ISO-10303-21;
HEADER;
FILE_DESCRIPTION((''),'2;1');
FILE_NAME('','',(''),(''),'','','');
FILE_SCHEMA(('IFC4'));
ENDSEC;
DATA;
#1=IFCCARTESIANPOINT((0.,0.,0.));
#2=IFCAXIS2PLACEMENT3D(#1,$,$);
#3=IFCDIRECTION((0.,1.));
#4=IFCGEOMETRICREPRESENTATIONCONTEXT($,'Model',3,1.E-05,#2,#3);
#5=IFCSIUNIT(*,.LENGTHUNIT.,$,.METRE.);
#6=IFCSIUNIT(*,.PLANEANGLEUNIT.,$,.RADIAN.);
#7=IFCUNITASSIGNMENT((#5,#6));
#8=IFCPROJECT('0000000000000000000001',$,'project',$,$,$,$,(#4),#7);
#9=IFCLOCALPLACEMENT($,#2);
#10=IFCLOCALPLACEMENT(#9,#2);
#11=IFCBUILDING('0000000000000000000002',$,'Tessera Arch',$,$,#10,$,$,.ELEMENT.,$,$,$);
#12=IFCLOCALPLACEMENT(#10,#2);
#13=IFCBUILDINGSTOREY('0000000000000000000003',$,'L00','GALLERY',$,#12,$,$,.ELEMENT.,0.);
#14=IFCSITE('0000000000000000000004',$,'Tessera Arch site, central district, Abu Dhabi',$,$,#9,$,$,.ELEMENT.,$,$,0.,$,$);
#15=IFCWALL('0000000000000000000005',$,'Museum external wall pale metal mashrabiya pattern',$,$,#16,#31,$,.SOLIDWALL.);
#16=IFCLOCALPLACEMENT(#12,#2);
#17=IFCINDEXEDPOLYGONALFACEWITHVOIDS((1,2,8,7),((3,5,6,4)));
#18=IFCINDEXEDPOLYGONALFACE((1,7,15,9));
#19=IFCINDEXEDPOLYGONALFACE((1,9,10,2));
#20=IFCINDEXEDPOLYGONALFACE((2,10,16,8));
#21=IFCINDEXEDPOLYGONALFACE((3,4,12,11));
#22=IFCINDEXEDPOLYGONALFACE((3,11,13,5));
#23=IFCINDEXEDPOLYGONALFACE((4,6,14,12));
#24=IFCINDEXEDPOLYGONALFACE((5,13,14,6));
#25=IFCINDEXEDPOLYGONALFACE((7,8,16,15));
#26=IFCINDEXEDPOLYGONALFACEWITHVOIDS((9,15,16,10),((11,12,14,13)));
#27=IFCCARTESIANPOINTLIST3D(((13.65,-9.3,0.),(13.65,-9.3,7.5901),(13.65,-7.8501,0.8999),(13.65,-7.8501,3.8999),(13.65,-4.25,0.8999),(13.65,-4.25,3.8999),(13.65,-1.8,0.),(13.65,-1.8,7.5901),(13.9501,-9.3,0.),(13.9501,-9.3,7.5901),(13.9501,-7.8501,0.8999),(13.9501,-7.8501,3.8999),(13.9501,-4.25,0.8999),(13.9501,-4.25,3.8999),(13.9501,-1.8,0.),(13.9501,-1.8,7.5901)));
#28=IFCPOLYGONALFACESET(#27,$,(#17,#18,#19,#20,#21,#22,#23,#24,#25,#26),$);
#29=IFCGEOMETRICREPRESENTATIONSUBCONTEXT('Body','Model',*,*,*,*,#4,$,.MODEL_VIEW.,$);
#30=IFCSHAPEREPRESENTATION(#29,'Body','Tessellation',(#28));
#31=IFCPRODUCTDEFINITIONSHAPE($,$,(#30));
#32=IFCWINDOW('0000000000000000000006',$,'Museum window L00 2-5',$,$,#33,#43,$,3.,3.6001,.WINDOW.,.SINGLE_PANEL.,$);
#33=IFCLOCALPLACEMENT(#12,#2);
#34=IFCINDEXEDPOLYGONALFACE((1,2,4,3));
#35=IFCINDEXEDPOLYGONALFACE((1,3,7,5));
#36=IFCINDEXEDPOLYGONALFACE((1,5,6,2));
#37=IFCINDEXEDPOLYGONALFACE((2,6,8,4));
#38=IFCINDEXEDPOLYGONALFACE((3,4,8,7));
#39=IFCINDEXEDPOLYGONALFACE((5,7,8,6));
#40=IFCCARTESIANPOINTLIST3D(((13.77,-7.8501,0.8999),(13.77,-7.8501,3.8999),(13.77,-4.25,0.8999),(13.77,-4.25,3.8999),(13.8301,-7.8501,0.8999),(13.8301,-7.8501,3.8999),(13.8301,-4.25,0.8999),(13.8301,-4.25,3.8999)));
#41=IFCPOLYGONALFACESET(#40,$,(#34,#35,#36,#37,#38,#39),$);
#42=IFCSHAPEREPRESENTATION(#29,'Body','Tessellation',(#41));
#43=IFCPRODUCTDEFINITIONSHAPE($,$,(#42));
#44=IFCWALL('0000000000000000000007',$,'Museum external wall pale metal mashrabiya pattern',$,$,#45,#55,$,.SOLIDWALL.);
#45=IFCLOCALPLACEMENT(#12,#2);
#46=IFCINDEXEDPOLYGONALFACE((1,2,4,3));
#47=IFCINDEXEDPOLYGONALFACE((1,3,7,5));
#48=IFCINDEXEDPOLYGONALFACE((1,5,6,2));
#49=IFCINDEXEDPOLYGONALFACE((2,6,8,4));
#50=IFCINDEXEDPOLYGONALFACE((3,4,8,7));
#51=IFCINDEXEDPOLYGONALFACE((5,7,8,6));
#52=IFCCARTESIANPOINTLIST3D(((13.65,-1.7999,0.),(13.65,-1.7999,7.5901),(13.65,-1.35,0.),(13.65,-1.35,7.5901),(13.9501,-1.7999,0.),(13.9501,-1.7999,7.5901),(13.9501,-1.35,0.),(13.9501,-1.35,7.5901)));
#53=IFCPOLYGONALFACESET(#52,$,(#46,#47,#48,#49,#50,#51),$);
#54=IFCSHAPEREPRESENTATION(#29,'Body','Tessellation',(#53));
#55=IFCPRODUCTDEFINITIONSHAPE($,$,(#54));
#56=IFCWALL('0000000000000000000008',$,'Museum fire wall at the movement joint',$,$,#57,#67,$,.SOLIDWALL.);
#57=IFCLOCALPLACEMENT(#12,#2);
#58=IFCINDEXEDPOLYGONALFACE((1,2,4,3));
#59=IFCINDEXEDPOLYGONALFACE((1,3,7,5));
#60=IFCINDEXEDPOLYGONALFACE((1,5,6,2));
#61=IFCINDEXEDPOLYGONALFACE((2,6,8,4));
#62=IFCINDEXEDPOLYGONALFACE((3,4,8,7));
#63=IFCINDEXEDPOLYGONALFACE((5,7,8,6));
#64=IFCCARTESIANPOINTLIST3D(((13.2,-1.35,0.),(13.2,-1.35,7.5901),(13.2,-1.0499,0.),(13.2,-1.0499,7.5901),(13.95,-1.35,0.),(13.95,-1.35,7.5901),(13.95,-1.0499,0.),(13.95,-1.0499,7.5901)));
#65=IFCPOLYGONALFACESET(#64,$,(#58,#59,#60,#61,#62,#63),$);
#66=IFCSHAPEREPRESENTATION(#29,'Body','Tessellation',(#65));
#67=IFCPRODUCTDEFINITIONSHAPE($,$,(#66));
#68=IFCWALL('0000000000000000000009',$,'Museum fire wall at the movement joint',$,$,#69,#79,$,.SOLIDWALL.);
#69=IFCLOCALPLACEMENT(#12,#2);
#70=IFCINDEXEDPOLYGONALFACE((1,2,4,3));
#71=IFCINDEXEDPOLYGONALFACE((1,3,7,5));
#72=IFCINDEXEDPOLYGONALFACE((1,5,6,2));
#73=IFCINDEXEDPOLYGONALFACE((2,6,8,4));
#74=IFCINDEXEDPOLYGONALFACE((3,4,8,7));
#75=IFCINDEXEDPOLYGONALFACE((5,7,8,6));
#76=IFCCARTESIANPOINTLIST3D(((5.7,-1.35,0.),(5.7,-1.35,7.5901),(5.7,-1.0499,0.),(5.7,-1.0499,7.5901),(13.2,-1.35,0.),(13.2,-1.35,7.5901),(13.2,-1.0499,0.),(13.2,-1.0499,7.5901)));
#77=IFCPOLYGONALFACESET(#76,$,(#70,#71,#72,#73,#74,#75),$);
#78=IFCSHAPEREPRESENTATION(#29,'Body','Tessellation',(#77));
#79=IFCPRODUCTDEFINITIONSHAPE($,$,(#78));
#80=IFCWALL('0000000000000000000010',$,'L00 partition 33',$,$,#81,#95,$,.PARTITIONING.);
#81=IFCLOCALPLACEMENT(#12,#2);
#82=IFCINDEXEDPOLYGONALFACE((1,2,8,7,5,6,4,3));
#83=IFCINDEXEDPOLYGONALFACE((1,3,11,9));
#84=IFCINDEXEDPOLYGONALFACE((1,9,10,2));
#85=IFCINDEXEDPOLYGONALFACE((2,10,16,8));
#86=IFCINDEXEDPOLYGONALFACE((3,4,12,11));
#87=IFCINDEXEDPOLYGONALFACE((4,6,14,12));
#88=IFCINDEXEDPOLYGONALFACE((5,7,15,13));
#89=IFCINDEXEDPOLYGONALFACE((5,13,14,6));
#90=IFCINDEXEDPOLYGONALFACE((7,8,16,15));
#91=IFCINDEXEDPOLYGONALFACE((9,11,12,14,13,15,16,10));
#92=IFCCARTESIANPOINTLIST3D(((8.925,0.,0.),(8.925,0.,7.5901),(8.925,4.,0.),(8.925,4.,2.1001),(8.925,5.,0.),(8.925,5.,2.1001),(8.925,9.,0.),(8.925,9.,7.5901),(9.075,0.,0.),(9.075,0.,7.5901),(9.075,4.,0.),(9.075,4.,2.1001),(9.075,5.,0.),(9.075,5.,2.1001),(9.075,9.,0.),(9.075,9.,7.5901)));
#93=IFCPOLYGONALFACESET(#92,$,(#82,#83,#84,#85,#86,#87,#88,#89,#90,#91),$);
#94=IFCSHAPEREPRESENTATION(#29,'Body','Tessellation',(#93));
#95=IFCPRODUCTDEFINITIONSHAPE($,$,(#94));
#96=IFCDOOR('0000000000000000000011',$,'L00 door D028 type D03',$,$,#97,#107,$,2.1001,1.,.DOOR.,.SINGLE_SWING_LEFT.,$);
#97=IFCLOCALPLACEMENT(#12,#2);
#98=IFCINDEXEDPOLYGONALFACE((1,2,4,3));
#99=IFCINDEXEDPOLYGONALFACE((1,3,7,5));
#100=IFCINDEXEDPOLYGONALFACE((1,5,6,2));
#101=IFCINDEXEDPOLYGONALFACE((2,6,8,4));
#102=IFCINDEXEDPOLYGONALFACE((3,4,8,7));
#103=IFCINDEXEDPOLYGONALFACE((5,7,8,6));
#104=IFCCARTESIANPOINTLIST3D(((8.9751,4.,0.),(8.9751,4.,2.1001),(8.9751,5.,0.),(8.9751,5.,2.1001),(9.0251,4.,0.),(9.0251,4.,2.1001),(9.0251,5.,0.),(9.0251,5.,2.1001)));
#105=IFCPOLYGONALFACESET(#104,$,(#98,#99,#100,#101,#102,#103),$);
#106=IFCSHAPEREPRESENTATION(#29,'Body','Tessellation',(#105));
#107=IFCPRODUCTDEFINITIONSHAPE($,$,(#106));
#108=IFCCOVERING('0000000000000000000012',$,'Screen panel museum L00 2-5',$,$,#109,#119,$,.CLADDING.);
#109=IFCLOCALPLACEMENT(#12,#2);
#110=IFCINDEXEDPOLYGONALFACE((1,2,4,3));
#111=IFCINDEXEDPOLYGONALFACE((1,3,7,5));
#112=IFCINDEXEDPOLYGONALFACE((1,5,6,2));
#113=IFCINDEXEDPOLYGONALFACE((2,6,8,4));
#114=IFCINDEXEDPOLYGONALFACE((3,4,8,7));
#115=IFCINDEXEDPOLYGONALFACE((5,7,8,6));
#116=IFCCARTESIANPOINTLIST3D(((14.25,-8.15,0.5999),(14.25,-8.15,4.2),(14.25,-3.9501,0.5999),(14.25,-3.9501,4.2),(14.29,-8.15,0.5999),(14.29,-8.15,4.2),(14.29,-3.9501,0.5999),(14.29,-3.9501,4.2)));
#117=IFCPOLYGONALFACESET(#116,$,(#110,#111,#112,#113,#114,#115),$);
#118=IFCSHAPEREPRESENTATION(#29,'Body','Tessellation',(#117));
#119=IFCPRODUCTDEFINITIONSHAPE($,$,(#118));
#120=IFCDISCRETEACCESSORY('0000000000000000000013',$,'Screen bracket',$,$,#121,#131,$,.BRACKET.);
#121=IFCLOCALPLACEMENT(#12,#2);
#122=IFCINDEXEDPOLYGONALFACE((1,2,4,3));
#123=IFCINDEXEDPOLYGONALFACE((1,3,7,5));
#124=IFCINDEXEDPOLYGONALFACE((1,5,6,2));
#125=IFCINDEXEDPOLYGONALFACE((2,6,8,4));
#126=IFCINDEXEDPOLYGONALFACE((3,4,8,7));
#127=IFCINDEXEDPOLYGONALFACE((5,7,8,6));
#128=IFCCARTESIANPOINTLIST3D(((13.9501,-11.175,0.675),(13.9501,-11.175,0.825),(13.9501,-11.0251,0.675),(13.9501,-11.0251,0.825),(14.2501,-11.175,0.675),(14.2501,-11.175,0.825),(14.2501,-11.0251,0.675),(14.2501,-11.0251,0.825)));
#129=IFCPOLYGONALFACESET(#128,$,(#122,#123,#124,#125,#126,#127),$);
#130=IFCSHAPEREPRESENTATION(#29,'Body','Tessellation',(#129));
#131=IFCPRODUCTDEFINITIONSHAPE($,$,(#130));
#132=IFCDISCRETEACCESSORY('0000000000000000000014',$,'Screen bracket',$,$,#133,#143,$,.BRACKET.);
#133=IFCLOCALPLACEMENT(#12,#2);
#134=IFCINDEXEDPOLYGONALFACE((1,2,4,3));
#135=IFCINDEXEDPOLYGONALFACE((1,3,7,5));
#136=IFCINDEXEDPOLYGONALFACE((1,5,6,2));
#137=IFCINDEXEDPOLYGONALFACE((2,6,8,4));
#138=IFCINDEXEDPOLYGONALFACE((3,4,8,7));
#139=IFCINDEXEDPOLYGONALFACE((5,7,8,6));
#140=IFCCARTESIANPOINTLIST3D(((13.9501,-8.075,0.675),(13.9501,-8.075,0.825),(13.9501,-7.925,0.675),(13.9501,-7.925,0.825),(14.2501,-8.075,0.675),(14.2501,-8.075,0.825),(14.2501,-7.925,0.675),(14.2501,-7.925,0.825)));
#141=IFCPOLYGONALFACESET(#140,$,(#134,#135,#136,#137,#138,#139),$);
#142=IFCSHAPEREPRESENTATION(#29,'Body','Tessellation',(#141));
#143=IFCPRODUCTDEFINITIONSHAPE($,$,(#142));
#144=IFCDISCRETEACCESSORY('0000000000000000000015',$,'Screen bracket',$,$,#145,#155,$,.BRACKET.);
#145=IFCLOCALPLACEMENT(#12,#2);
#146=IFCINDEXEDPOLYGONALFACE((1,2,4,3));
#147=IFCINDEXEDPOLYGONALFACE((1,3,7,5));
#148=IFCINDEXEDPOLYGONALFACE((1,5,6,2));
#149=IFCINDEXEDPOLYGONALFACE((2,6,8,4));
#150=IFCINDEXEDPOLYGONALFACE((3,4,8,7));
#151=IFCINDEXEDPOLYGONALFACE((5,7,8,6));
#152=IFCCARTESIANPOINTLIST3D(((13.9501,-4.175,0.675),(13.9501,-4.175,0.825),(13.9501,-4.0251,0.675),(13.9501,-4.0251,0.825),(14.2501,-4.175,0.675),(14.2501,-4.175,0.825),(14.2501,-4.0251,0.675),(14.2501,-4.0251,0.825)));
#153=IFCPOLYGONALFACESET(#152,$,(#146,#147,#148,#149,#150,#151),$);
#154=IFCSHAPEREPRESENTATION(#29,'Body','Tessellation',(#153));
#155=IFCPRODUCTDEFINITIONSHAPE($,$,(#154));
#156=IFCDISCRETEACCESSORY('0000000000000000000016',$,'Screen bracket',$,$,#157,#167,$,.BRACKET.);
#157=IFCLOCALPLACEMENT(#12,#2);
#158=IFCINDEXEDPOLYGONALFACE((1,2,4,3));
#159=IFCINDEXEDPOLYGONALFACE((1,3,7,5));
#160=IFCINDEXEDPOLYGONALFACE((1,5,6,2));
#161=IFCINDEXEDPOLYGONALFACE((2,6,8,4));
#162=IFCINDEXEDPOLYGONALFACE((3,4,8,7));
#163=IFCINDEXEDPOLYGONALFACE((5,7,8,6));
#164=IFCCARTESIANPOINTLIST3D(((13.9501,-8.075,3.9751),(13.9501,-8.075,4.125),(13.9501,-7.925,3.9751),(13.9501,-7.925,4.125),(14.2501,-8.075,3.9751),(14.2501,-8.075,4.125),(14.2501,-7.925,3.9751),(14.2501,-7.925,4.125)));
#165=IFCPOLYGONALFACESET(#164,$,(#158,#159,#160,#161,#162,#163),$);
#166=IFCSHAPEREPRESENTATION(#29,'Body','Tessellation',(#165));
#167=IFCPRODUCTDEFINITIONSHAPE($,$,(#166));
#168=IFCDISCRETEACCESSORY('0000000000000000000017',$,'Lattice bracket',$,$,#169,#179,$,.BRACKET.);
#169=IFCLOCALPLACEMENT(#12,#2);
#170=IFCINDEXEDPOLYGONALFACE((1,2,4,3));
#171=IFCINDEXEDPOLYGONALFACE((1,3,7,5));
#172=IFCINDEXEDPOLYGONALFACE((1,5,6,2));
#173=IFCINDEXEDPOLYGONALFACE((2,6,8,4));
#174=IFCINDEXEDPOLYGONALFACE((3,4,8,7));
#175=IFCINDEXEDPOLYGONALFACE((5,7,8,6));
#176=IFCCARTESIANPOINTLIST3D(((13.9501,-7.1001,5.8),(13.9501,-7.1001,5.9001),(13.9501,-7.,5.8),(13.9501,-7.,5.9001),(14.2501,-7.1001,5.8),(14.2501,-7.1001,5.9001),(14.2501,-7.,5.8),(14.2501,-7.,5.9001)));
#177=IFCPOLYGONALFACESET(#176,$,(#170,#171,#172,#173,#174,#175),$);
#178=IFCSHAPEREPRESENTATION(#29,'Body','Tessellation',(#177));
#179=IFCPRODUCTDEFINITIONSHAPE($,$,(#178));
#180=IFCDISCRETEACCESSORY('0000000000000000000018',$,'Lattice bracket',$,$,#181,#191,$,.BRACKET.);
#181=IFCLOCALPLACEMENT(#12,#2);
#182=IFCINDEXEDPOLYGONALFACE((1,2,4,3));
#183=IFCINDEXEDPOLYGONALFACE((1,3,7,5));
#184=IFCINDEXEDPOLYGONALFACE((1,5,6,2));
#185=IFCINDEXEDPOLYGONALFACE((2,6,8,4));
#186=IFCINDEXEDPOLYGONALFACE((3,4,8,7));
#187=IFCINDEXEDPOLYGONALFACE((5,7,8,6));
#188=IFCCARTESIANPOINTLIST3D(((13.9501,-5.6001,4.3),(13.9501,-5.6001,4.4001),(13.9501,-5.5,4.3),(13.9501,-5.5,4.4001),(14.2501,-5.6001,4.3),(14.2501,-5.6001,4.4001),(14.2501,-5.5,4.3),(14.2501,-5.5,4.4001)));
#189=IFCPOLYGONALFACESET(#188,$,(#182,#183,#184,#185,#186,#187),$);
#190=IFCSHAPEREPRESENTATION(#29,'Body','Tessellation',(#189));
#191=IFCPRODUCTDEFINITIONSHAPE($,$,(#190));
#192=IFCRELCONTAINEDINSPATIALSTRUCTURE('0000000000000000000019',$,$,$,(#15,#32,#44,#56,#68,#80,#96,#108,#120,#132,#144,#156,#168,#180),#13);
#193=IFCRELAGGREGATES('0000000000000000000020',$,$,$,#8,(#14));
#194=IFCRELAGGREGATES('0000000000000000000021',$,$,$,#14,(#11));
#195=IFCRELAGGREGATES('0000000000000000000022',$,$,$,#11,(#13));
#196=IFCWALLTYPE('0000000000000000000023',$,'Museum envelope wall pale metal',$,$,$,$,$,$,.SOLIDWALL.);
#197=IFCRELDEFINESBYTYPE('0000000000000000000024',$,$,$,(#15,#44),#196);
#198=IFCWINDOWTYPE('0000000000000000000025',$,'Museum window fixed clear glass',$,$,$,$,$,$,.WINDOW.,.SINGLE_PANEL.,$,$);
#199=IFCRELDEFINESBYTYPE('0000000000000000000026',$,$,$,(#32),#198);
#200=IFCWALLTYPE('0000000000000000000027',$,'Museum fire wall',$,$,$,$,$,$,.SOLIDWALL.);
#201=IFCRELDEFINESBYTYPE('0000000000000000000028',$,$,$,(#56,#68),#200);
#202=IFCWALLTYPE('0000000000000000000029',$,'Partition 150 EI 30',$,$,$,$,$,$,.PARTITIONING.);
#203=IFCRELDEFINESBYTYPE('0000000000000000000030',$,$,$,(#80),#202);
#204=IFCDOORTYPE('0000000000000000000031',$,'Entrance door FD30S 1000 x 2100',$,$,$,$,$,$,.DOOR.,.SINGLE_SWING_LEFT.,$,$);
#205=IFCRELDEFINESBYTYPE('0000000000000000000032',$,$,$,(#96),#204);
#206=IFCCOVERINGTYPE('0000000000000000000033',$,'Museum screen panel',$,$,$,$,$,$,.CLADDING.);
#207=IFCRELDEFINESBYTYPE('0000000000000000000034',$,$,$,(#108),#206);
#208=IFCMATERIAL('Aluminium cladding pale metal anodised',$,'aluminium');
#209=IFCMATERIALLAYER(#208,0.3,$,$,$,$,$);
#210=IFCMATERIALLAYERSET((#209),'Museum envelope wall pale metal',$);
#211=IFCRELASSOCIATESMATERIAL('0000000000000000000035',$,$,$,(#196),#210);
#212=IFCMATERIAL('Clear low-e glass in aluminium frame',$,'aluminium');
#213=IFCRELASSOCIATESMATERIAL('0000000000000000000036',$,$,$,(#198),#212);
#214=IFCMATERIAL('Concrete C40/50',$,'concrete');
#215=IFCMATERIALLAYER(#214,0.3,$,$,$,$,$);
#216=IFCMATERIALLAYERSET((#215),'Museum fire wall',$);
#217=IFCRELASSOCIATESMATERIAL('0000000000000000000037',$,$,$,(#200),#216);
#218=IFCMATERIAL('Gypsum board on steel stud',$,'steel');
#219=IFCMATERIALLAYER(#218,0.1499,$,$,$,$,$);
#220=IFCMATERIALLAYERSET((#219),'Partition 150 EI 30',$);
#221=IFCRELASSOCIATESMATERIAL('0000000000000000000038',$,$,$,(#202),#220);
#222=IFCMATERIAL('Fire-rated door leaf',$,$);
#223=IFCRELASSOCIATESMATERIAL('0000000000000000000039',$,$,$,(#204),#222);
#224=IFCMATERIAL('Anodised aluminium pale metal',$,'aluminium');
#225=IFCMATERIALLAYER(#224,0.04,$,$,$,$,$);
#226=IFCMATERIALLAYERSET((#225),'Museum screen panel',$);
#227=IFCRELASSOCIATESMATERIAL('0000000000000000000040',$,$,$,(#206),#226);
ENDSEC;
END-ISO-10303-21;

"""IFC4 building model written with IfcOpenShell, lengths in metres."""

from ifc_helpers import new_model, si_unit, direction, frame, frame_2d, origin, origin_2d, place, context, subcontext, project, spatial, rectangle, extrude, material, layer, layer_set, type_object, element, fill, save


model = new_model("IFC4")

# Units and contexts
model_context = context("Model", 3, precision=1e-05, world=origin(), true_north=direction((0.0, 1.0)))
body_context = subcontext(model_context, "Body", "Model", "MODEL_VIEW")
ifc_project = project(units=[si_unit("LENGTHUNIT", "METRE"), si_unit("PLANEANGLEUNIT", "RADIAN")], contexts=[model_context])

# Site, building, storey
site_placement = place(None, origin())
site = spatial("IfcSite", under=ifc_project, at=site_placement, Name="Tessera Arch site, central district, Abu Dhabi", CompositionType="ELEMENT", RefElevation=0.0)
building_placement = place(site_placement, origin())
building = spatial("IfcBuilding", under=site, at=building_placement, Name="Tessera Arch", CompositionType="ELEMENT")
storey_placement = place(building_placement, origin())
storey = spatial("IfcBuildingStorey", under=building, at=storey_placement, Name="L00", Description="GALLERY", CompositionType="ELEMENT", Elevation=0.0)

# Wall, opening, window
ifc_material_1 = material(Name="Aluminium cladding pale metal anodised", Category="aluminium")
ifc_layer_1 = layer(ifc_material_1, 0.3)
ifc_layer_set_1 = layer_set([ifc_layer_1], Name="Museum envelope wall pale metal")
wall_type_1 = type_object("IfcWallType", Name="Museum envelope wall pale metal", PredefinedType="SOLIDWALL", material=ifc_layer_set_1)
wall_1_placement = place(storey_placement, frame((13.8, -9.3, 0.0), z_axis=(0.0, 0.0, 1.0), x_axis=(0.0, 1.0, 0.0)))
wall_1 = element("IfcWall", 1, at=wall_1_placement, inside=storey, type_object=wall_type_1, Name="Museum external wall pale metal mashrabiya pattern", PredefinedType="SOLIDWALL", context=body_context, shape_type="SweptSolid", body=[
    extrude(rectangle(XDim=7.5, YDim=0.3, at=frame_2d((3.75, 0.0))), origin(), (0.0, 0.0, 1.0), 7.5901),
])
opening_1_placement = place(wall_1_placement, frame((1.45, 0.0, 0.8999)))
opening_1 = element("IfcOpeningElement", 2, at=opening_1_placement, cuts=wall_1, PredefinedType="OPENING", context=body_context, shape_type="SweptSolid", body=[
    extrude(rectangle(XDim=3.6001, YDim=3.0, at=frame_2d((1.8, 1.5))), frame((0.0, 0.1599, 0.0), z_axis=(0.0, -1.0, 0.0), x_axis=(1.0, 0.0, 0.0)), (0.0, 0.0, 1.0), 0.3201),
])
ifc_material_2 = material(Name="Clear low-e glass in aluminium frame", Category="aluminium")
window_type = type_object("IfcWindowType", Name="Museum window fixed clear glass", PartitioningType="SINGLE_PANEL", PredefinedType="WINDOW", material=ifc_material_2)
window_placement = place(opening_1_placement, origin())
window = element("IfcWindow", 3, at=window_placement, inside=storey, type_object=window_type, Name="Museum window L00 2-5", OverallHeight=3.0, OverallWidth=3.6001, PartitioningType="SINGLE_PANEL", PredefinedType="WINDOW", context=body_context, shape_type="SweptSolid", body=[
    extrude(rectangle(XDim=3.6001, YDim=3.0, at=frame_2d((1.8, 1.5))), frame((0.0, 0.03, 0.0), z_axis=(0.0, -1.0, 0.0), x_axis=(1.0, 0.0, 0.0)), (0.0, 0.0, 1.0), 0.0601),
])
fill(opening_1, window)

# Walls
wall_2_placement = place(storey_placement, frame((13.8, -1.8, 0.0), z_axis=(0.0, 0.0, 1.0), x_axis=(0.0, 1.0, 0.0)))
element("IfcWall", 4, at=wall_2_placement, inside=storey, type_object=wall_type_1, Name="Museum external wall pale metal mashrabiya pattern", PredefinedType="SOLIDWALL", context=body_context, shape_type="SweptSolid", body=[
    extrude(rectangle(XDim=0.45, YDim=0.3, at=frame_2d((0.2251, 0.0))), origin(), (0.0, 0.0, 1.0), 7.5901),
])
ifc_material_3 = material(Name="Concrete C40/50", Category="concrete")
ifc_layer_2 = layer(ifc_material_3, 0.3)
ifc_layer_set_2 = layer_set([ifc_layer_2], Name="Museum fire wall")
wall_type_2 = type_object("IfcWallType", Name="Museum fire wall", PredefinedType="SOLIDWALL", material=ifc_layer_set_2)
wall_3_placement = place(storey_placement, frame((13.95, -1.2, 0.0), z_axis=(0.0, 0.0, 1.0), x_axis=(-1.0, 0.0, 0.0)))
element("IfcWall", 5, at=wall_3_placement, inside=storey, type_object=wall_type_2, Name="Museum fire wall at the movement joint", PredefinedType="SOLIDWALL", context=body_context, shape_type="SweptSolid", body=[
    extrude(rectangle(XDim=0.75, YDim=0.3, at=frame_2d((0.375, 0.0))), origin(), (0.0, 0.0, 1.0), 7.5901),
])
wall_4_placement = place(storey_placement, frame((13.2, -1.2, 0.0), z_axis=(0.0, 0.0, 1.0), x_axis=(-1.0, 0.0, 0.0)))
element("IfcWall", 6, at=wall_4_placement, inside=storey, type_object=wall_type_2, Name="Museum fire wall at the movement joint", PredefinedType="SOLIDWALL", context=body_context, shape_type="SweptSolid", body=[
    extrude(rectangle(XDim=7.5, YDim=0.3, at=frame_2d((3.75, 0.0))), origin(), (0.0, 0.0, 1.0), 7.5901),
])

# Wall, opening, door
ifc_material_4 = material(Name="Gypsum board on steel stud", Category="steel")
ifc_layer_3 = layer(ifc_material_4, 0.1499)
ifc_layer_set_3 = layer_set([ifc_layer_3], Name="Partition 150 EI 30")
wall_type_3 = type_object("IfcWallType", Name="Partition 150 EI 30", PredefinedType="PARTITIONING", material=ifc_layer_set_3)
wall_5_placement = place(storey_placement, frame((9.0, 0.0, 0.0), z_axis=(0.0, 0.0, 1.0), x_axis=(0.0, 1.0, 0.0)))
wall_5 = element("IfcWall", 7, at=wall_5_placement, inside=storey, type_object=wall_type_3, Name="L00 partition 33", PredefinedType="PARTITIONING", context=body_context, shape_type="SweptSolid", body=[
    extrude(rectangle(XDim=9.0, YDim=0.1499, at=frame_2d((4.5, 0.0))), origin(), (0.0, 0.0, 1.0), 7.5901),
])
opening_2_placement = place(wall_5_placement, frame((4.0, 0.0, 0.0)))
opening_2 = element("IfcOpeningElement", 8, at=opening_2_placement, cuts=wall_5, PredefinedType="OPENING", context=body_context, shape_type="SweptSolid", body=[
    extrude(rectangle(XDim=1.0, YDim=2.1001, at=frame_2d((0.5, 1.05))), frame((0.0, 0.085, 0.0), z_axis=(0.0, -1.0, 0.0), x_axis=(1.0, 0.0, 0.0)), (0.0, 0.0, 1.0), 0.1699),
])
ifc_material_5 = material(Name="Fire-rated door leaf")
door_type = type_object("IfcDoorType", Name="Entrance door FD30S 1000 x 2100", OperationType="SINGLE_SWING_LEFT", PredefinedType="DOOR", material=ifc_material_5)
door_placement = place(opening_2_placement, origin())
door = element("IfcDoor", 9, at=door_placement, inside=storey, type_object=door_type, Name="L00 door D028 type D03", OperationType="SINGLE_SWING_LEFT", OverallHeight=2.1001, OverallWidth=1.0, PredefinedType="DOOR", context=body_context, shape_type="SweptSolid", body=[
    extrude(rectangle(XDim=1.0, YDim=2.1001, at=frame_2d((0.5, 1.05))), frame((0.0, 0.0249, 0.0), z_axis=(0.0, -1.0, 0.0), x_axis=(1.0, 0.0, 0.0)), (0.0, 0.0, 1.0), 0.05),
])
fill(opening_2, door)

# Covering
ifc_material_6 = material(Name="Anodised aluminium pale metal", Category="aluminium")
ifc_layer_4 = layer(ifc_material_6, 0.04)
ifc_layer_set_4 = layer_set([ifc_layer_4], Name="Museum screen panel")
covering_type = type_object("IfcCoveringType", Name="Museum screen panel", PredefinedType="CLADDING", material=ifc_layer_set_4)
covering_placement = place(storey_placement, frame((14.27, -6.05, 0.5999), z_axis=(0.0, 0.0, 1.0), x_axis=(0.0, 1.0, 0.0)))
element("IfcCovering", 10, at=covering_placement, inside=storey, type_object=covering_type, Name="Screen panel museum L00 2-5", PredefinedType="CLADDING", context=body_context, shape_type="SweptSolid", body=[
    extrude(rectangle(XDim=4.2, YDim=0.04, at=origin_2d()), origin(), (0.0, 0.0, 1.0), 3.6001),
])

# Discrete accessories
for number, where, z_axis, x_axis, name in (
    (11, (14.1001, -11.1001, 0.675), (0.0, 0.0, 1.0), (1.0, 0.0, 0.0), "Screen bracket"),
    (12, (14.1001, -8.0, 0.675), (0.0, 0.0, 1.0), (1.0, 0.0, 0.0), "Screen bracket"),
    (13, (14.1001, -4.1001, 0.675), (0.0, 0.0, 1.0), (1.0, 0.0, 0.0), "Screen bracket"),
    (14, (14.1001, -8.0, 3.9751), (0.0, 0.0, 1.0), (1.0, 0.0, 0.0), "Screen bracket"),
):
    element("IfcDiscreteAccessory", number, at=place(storey_placement, frame(where, z_axis=z_axis, x_axis=x_axis)), inside=storey, Name=name, PredefinedType="BRACKET", context=body_context, shape_type="SweptSolid", body=[
        extrude(rectangle(XDim=0.3, YDim=0.1499, at=origin_2d()), origin(), (0.0, 0.0, 1.0), 0.1499),
    ])
for number, where, z_axis, x_axis, name in (
    (15, (14.1001, -7.05, 5.8), (0.0, 0.0, 1.0), (1.0, 0.0, 0.0), "Lattice bracket"),
    (16, (14.1001, -5.55, 4.3), (0.0, 0.0, 1.0), (1.0, 0.0, 0.0), "Lattice bracket"),
):
    element("IfcDiscreteAccessory", number, at=place(storey_placement, frame(where, z_axis=z_axis, x_axis=x_axis)), inside=storey, Name=name, PredefinedType="BRACKET", context=body_context, shape_type="SweptSolid", body=[
        extrude(rectangle(XDim=0.3, YDim=0.1001, at=origin_2d()), origin(), (0.0, 0.0, 1.0), 0.1001),
    ])

save(model, "model.ifc")
